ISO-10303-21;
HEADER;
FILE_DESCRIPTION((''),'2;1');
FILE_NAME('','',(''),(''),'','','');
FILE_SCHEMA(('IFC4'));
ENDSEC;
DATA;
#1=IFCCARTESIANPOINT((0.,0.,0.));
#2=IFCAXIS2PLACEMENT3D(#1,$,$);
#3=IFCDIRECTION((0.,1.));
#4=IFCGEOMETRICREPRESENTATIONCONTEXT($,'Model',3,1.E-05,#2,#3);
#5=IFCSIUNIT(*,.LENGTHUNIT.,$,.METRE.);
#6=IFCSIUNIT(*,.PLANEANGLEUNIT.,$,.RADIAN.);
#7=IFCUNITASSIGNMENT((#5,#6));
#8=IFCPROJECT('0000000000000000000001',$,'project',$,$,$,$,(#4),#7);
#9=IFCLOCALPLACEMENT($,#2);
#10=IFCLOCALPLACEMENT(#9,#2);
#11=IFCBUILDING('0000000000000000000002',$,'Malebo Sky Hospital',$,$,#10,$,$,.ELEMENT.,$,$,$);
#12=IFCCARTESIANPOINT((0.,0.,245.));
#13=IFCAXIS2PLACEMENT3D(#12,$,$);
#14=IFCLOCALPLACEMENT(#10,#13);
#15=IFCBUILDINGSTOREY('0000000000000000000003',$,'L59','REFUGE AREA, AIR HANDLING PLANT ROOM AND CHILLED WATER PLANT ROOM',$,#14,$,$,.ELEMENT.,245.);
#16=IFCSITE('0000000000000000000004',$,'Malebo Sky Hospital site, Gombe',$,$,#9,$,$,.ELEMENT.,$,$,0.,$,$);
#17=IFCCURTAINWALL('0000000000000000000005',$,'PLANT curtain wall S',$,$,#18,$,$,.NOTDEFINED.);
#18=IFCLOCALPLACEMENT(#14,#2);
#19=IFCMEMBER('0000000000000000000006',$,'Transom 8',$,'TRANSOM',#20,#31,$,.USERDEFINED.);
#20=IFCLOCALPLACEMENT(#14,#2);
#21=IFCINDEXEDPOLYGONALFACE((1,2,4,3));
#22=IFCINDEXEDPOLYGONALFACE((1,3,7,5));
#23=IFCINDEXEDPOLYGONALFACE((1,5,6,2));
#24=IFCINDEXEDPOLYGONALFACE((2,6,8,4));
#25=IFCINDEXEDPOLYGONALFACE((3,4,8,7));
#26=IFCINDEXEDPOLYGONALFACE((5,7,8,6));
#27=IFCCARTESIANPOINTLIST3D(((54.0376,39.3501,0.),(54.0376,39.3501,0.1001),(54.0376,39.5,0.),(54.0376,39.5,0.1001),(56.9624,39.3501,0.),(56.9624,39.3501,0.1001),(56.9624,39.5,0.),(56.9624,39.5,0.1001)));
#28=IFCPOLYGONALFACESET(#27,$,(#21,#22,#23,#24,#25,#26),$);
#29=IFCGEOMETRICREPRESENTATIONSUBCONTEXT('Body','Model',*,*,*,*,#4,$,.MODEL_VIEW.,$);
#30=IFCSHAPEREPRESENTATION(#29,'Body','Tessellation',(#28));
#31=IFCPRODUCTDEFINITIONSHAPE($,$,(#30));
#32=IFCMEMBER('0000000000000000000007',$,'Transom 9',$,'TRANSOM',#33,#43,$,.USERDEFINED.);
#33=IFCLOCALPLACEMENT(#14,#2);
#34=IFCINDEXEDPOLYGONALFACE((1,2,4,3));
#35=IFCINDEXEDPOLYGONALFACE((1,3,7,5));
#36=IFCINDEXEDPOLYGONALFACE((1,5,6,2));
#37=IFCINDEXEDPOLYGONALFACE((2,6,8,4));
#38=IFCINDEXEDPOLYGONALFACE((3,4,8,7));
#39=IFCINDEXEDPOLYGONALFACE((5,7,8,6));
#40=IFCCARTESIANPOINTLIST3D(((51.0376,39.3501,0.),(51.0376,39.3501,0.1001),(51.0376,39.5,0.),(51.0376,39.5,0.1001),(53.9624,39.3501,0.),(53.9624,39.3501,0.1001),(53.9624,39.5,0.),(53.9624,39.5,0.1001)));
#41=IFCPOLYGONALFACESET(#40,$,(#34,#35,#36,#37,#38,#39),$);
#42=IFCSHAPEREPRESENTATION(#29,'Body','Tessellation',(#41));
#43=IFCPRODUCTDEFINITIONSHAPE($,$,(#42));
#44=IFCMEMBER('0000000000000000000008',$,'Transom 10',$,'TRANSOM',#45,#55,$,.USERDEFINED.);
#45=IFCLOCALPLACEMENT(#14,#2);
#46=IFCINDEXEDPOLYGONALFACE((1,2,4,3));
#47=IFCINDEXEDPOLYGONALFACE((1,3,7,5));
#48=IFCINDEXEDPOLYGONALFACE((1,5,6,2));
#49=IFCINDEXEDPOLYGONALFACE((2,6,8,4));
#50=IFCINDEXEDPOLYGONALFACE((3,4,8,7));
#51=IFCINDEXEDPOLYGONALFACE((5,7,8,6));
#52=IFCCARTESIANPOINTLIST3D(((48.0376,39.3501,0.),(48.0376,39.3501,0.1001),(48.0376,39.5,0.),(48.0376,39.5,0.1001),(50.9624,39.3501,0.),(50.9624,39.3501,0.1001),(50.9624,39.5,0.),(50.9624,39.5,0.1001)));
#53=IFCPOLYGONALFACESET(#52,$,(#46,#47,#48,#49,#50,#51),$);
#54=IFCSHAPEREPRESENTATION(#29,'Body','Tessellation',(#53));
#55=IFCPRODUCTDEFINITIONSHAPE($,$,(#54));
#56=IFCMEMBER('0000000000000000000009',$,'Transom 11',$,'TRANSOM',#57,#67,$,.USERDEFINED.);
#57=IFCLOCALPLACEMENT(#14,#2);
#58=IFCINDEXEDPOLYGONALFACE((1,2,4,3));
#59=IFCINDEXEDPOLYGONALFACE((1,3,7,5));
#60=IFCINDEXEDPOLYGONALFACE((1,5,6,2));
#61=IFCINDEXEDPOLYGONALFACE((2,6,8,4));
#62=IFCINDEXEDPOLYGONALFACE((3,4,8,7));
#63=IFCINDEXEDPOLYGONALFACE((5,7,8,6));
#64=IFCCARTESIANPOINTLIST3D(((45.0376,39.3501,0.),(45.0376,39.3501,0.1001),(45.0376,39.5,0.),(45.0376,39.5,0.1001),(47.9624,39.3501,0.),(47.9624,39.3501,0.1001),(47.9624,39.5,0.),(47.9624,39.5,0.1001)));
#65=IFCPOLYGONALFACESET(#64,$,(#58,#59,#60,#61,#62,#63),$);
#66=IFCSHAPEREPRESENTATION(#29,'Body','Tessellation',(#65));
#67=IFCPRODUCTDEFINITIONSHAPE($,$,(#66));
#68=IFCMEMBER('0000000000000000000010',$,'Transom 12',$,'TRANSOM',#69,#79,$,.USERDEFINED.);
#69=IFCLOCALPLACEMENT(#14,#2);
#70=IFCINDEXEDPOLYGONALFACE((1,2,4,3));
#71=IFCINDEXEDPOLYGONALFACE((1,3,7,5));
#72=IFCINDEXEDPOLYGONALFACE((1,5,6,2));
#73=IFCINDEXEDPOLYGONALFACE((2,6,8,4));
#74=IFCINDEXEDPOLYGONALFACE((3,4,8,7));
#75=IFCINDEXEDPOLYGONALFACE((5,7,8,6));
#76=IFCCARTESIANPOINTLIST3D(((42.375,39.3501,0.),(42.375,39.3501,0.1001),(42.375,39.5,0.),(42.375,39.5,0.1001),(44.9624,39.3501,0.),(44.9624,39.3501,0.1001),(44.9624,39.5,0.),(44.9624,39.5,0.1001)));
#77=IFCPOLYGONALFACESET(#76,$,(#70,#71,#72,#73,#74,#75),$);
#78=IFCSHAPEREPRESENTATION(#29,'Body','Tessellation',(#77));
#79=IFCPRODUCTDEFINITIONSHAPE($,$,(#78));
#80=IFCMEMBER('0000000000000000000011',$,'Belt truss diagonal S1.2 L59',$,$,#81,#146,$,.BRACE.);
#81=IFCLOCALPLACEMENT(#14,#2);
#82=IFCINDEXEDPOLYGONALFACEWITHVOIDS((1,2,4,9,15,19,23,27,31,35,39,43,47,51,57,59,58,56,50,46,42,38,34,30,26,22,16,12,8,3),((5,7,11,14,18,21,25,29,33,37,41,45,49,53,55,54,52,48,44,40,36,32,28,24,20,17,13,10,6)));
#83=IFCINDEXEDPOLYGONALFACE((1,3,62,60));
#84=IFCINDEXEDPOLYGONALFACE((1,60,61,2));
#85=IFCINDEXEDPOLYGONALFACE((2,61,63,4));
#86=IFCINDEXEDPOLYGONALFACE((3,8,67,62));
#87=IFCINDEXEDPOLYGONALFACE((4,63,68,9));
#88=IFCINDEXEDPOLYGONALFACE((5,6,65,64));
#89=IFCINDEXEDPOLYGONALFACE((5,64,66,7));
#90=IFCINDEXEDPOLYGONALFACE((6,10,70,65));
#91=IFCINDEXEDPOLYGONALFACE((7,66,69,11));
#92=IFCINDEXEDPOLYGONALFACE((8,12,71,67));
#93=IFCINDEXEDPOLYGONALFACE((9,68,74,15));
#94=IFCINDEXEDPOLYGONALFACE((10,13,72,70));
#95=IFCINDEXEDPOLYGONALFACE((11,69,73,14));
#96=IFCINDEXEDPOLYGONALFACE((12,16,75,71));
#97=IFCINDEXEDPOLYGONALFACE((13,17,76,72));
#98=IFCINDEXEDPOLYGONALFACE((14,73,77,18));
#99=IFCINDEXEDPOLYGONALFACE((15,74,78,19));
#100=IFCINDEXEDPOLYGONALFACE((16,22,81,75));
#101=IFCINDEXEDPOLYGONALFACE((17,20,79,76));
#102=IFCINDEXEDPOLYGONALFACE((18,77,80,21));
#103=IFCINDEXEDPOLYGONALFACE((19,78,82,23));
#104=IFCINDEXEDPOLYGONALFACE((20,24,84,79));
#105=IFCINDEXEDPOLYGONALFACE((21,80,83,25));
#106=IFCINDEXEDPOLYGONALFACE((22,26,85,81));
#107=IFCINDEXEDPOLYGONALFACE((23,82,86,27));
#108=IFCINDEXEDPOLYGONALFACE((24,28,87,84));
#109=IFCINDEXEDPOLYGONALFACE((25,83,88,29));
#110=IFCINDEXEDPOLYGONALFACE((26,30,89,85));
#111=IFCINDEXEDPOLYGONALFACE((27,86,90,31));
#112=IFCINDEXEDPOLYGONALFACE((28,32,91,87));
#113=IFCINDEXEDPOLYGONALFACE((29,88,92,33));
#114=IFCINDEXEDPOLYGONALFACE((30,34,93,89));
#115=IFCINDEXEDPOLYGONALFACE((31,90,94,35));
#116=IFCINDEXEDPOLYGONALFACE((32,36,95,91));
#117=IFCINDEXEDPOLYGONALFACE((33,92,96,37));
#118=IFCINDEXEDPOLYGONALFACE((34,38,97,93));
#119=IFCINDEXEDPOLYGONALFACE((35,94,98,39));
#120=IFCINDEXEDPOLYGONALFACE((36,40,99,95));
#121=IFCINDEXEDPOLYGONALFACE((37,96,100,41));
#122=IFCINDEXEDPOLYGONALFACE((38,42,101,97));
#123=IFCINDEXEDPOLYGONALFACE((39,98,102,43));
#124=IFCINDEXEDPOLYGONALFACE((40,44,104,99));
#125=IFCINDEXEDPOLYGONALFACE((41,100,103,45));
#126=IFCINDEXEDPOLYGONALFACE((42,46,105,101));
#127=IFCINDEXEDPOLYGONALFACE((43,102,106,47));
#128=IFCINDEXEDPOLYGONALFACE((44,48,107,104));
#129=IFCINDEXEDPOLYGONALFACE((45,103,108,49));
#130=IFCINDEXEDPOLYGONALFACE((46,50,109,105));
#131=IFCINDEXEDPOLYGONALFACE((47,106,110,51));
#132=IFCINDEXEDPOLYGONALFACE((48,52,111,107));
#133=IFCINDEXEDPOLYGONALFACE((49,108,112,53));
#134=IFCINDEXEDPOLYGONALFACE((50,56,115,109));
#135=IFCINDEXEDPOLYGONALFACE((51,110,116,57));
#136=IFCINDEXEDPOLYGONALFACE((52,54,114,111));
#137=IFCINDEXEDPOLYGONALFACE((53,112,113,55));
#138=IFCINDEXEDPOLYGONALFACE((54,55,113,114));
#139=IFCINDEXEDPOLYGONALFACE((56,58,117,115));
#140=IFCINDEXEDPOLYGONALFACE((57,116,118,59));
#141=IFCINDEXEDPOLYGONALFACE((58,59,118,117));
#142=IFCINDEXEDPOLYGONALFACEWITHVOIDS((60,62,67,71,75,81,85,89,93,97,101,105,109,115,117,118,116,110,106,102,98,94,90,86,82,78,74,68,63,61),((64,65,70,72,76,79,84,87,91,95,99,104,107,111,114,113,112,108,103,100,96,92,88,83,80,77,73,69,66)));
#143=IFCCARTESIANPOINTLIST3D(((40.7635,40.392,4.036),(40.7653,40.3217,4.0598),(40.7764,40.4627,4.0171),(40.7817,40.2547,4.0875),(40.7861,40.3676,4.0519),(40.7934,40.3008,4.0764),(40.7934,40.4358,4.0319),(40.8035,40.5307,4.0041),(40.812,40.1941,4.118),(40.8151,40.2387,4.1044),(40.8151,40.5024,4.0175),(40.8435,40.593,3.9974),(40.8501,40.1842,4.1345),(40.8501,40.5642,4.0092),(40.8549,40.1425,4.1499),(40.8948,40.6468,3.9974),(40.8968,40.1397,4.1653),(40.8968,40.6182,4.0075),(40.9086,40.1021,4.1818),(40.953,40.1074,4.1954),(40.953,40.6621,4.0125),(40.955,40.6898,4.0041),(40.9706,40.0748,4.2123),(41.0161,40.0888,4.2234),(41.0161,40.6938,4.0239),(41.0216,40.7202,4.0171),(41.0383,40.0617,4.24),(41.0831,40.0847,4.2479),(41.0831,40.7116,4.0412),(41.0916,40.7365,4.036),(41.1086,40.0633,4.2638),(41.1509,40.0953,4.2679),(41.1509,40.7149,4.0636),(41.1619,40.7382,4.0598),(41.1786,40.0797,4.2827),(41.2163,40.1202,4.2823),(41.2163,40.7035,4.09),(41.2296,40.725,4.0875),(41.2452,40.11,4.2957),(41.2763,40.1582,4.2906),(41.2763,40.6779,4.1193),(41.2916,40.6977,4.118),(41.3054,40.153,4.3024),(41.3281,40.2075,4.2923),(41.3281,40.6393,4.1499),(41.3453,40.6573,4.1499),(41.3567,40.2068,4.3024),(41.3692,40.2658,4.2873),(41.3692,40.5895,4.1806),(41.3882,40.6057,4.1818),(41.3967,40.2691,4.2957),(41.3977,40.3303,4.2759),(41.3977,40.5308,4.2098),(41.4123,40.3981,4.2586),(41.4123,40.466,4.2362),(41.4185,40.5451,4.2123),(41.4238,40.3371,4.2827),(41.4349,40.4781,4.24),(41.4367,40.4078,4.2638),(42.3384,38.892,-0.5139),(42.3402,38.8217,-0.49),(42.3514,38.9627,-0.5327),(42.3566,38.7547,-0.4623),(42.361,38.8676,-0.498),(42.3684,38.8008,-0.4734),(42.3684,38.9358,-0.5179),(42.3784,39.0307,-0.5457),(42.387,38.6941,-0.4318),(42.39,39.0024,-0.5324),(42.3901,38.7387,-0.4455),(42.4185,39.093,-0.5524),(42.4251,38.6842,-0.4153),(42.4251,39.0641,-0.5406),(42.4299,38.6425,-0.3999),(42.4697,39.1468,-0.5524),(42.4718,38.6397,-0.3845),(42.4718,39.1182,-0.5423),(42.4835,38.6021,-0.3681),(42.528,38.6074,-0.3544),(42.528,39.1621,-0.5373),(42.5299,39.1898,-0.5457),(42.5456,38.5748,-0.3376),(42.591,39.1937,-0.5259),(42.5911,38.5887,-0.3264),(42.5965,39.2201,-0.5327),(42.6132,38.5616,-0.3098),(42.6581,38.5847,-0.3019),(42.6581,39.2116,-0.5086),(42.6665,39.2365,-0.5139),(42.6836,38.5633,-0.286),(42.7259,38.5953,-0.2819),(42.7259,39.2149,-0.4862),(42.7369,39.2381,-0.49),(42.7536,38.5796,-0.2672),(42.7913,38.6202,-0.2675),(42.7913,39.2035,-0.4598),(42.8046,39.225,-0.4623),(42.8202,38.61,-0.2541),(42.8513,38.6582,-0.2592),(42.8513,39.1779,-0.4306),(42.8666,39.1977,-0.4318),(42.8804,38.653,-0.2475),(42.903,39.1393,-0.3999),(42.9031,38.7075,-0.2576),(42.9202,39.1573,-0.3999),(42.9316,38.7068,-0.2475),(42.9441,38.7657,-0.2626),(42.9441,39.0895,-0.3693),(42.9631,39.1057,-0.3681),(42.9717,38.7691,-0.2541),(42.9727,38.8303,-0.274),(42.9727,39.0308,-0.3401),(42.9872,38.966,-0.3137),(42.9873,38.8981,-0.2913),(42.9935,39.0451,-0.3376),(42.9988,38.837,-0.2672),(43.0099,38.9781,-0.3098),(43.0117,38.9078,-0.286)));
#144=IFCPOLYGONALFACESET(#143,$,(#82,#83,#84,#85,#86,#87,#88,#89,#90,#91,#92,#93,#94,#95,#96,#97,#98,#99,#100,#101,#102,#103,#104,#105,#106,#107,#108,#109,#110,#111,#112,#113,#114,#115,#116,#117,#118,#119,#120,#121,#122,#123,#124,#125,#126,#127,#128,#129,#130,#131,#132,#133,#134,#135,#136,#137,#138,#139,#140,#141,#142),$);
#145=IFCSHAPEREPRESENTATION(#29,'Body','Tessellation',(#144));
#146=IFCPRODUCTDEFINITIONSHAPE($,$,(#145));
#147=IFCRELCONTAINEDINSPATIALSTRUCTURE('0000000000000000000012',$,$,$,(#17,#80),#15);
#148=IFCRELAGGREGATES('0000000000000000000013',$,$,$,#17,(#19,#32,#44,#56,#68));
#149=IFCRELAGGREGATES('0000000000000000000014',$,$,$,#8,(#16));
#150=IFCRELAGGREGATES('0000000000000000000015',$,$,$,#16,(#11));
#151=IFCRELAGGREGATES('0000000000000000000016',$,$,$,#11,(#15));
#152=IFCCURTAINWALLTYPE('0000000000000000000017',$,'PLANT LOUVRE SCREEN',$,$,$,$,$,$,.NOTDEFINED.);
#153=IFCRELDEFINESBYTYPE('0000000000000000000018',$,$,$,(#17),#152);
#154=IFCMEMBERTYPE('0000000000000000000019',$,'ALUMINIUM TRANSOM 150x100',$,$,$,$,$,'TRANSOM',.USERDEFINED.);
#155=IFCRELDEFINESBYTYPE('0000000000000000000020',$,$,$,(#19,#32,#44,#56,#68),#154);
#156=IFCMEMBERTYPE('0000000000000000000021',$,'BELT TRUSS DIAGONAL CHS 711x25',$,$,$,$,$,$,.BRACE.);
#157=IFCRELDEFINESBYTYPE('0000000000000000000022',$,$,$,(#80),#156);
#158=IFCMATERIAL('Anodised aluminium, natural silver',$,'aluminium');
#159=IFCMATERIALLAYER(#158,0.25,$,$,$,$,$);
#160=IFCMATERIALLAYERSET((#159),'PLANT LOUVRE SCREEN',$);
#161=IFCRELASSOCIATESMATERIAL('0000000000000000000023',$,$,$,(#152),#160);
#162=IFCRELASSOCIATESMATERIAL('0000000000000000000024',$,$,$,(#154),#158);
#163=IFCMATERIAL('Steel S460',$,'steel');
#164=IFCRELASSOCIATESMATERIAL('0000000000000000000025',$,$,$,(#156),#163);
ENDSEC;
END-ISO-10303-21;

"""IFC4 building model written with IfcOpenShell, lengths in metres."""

from ifc_helpers import new_model, si_unit, direction, frame, origin, origin_2d, place, context, subcontext, project, spatial, rectangle, hollow_circle, extrude, material, layer, layer_set, material_profile, profile_set, type_object, element, aggregate, save


model = new_model("IFC4")

# Units and contexts
model_context = context("Model", 3, precision=1e-05, world=origin(), true_north=direction((0.0, 1.0)))
body_context = subcontext(model_context, "Body", "Model", "MODEL_VIEW")
ifc_project = project(units=[si_unit("LENGTHUNIT", "METRE"), si_unit("PLANEANGLEUNIT", "RADIAN")], contexts=[model_context])

# Site, building, storey
site_placement = place(None, origin())
site = spatial("IfcSite", under=ifc_project, at=site_placement, Name="Malebo Sky Hospital site, Gombe", CompositionType="ELEMENT", RefElevation=0.0)
building_placement = place(site_placement, origin())
building = spatial("IfcBuilding", under=site, at=building_placement, Name="Malebo Sky Hospital", CompositionType="ELEMENT")
storey_placement = place(building_placement, frame((0.0, 0.0, 245.0)))
storey = spatial("IfcBuildingStorey", under=building, at=storey_placement, Name="L59", Description="REFUGE AREA, AIR HANDLING PLANT ROOM AND CHILLED WATER PLANT ROOM", CompositionType="ELEMENT", Elevation=245.0)

# Curtain wall, members
ifc_material_1 = material(Name="Anodised aluminium, natural silver", Category="aluminium")
ifc_layer_1 = layer(ifc_material_1, 0.25)
ifc_layer_set_1 = layer_set([ifc_layer_1], Name="PLANT LOUVRE SCREEN")
curtain_wall_type = type_object("IfcCurtainWallType", Name="PLANT LOUVRE SCREEN", PredefinedType="NOTDEFINED", material=ifc_layer_set_1)
curtain_wall_placement = place(storey_placement, origin())
curtain_wall = element("IfcCurtainWall", 1, at=curtain_wall_placement, inside=storey, type_object=curtain_wall_type, Name="PLANT curtain wall S", PredefinedType="NOTDEFINED")
ifc_material_profile_1 = material_profile(ifc_material_1, rectangle(XDim=0.1499, YDim=0.1001, at=origin_2d()), Name="ALUMINIUM TRANSOM 150x100")
ifc_profile_set_1 = profile_set([ifc_material_profile_1], Name="Anodised aluminium, natural silver")
member_type_1 = type_object("IfcMemberType", Name="ALUMINIUM TRANSOM 150x100", ElementType="TRANSOM", PredefinedType="USERDEFINED", material=ifc_profile_set_1)
member_1_placement = place(storey_placement, frame((56.9624, 39.425, 0.05), z_axis=(-1.0, 0.0, 0.0), x_axis=(0.0, -1.0, 0.0)))
member_1 = element("IfcMember", 2, at=member_1_placement, type_object=member_type_1, Name="Transom 8", ObjectType="TRANSOM", PredefinedType="USERDEFINED", context=body_context, shape_type="SweptSolid", body=[
    extrude(rectangle(XDim=0.1499, YDim=0.1001, at=origin_2d()), origin(), (0.0, 0.0, 1.0), 2.9248),
])
member_2_placement = place(storey_placement, frame((53.9624, 39.425, 0.05), z_axis=(-1.0, 0.0, 0.0), x_axis=(0.0, -1.0, 0.0)))
member_2 = element("IfcMember", 3, at=member_2_placement, type_object=member_type_1, Name="Transom 9", ObjectType="TRANSOM", PredefinedType="USERDEFINED", context=body_context, shape_type="SweptSolid", body=[
    extrude(rectangle(XDim=0.1499, YDim=0.1001, at=origin_2d()), origin(), (0.0, 0.0, 1.0), 2.9248),
])
member_3_placement = place(storey_placement, frame((50.9624, 39.425, 0.05), z_axis=(-1.0, 0.0, 0.0), x_axis=(0.0, -1.0, 0.0)))
member_3 = element("IfcMember", 4, at=member_3_placement, type_object=member_type_1, Name="Transom 10", ObjectType="TRANSOM", PredefinedType="USERDEFINED", context=body_context, shape_type="SweptSolid", body=[
    extrude(rectangle(XDim=0.1499, YDim=0.1001, at=origin_2d()), origin(), (0.0, 0.0, 1.0), 2.9248),
])
member_4_placement = place(storey_placement, frame((47.9624, 39.425, 0.05), z_axis=(-1.0, 0.0, 0.0), x_axis=(0.0, -1.0, 0.0)))
member_4 = element("IfcMember", 5, at=member_4_placement, type_object=member_type_1, Name="Transom 11", ObjectType="TRANSOM", PredefinedType="USERDEFINED", context=body_context, shape_type="SweptSolid", body=[
    extrude(rectangle(XDim=0.1499, YDim=0.1001, at=origin_2d()), origin(), (0.0, 0.0, 1.0), 2.9248),
])
member_5_placement = place(storey_placement, frame((44.9624, 39.425, 0.05), z_axis=(-1.0, 0.0, 0.0), x_axis=(0.0, -1.0, 0.0)))
member_5 = element("IfcMember", 6, at=member_5_placement, type_object=member_type_1, Name="Transom 12", ObjectType="TRANSOM", PredefinedType="USERDEFINED", context=body_context, shape_type="SweptSolid", body=[
    extrude(rectangle(XDim=0.1499, YDim=0.1001, at=origin_2d()), origin(), (0.0, 0.0, 1.0), 2.5874),
])

# Member
ifc_material_2 = material(Name="Steel S460", Category="steel")
ifc_material_profile_2 = material_profile(ifc_material_2, hollow_circle(Radius=0.3555, WallThickness=0.0249, at=origin_2d()), Name="CHS 711x25")
ifc_profile_set_2 = profile_set([ifc_material_profile_2], Name="Steel S460")
member_type_2 = type_object("IfcMemberType", Name="BELT TRUSS DIAGONAL CHS 711x25", PredefinedType="BRACE", material=ifc_profile_set_2)
member_6_placement = place(storey_placement, frame((41.1001, 40.3999, 4.1499), z_axis=(0.312308, -0.297446, -0.902214), x_axis=(0.689666, 0.724127, 0.0)))
element("IfcMember", 7, at=member_6_placement, inside=storey, type_object=member_type_2, Name="Belt truss diagonal S1.2 L59", PredefinedType="BRACE", context=body_context, shape_type="SweptSolid", body=[
    extrude(hollow_circle(Radius=0.3555, WallThickness=0.0249, at=origin_2d()), origin(), (0.0, 0.0, 1.0), 5.043),
])

aggregate(curtain_wall, [member_1, member_2, member_3, member_4, member_5])

save(model, "model.ifc")
